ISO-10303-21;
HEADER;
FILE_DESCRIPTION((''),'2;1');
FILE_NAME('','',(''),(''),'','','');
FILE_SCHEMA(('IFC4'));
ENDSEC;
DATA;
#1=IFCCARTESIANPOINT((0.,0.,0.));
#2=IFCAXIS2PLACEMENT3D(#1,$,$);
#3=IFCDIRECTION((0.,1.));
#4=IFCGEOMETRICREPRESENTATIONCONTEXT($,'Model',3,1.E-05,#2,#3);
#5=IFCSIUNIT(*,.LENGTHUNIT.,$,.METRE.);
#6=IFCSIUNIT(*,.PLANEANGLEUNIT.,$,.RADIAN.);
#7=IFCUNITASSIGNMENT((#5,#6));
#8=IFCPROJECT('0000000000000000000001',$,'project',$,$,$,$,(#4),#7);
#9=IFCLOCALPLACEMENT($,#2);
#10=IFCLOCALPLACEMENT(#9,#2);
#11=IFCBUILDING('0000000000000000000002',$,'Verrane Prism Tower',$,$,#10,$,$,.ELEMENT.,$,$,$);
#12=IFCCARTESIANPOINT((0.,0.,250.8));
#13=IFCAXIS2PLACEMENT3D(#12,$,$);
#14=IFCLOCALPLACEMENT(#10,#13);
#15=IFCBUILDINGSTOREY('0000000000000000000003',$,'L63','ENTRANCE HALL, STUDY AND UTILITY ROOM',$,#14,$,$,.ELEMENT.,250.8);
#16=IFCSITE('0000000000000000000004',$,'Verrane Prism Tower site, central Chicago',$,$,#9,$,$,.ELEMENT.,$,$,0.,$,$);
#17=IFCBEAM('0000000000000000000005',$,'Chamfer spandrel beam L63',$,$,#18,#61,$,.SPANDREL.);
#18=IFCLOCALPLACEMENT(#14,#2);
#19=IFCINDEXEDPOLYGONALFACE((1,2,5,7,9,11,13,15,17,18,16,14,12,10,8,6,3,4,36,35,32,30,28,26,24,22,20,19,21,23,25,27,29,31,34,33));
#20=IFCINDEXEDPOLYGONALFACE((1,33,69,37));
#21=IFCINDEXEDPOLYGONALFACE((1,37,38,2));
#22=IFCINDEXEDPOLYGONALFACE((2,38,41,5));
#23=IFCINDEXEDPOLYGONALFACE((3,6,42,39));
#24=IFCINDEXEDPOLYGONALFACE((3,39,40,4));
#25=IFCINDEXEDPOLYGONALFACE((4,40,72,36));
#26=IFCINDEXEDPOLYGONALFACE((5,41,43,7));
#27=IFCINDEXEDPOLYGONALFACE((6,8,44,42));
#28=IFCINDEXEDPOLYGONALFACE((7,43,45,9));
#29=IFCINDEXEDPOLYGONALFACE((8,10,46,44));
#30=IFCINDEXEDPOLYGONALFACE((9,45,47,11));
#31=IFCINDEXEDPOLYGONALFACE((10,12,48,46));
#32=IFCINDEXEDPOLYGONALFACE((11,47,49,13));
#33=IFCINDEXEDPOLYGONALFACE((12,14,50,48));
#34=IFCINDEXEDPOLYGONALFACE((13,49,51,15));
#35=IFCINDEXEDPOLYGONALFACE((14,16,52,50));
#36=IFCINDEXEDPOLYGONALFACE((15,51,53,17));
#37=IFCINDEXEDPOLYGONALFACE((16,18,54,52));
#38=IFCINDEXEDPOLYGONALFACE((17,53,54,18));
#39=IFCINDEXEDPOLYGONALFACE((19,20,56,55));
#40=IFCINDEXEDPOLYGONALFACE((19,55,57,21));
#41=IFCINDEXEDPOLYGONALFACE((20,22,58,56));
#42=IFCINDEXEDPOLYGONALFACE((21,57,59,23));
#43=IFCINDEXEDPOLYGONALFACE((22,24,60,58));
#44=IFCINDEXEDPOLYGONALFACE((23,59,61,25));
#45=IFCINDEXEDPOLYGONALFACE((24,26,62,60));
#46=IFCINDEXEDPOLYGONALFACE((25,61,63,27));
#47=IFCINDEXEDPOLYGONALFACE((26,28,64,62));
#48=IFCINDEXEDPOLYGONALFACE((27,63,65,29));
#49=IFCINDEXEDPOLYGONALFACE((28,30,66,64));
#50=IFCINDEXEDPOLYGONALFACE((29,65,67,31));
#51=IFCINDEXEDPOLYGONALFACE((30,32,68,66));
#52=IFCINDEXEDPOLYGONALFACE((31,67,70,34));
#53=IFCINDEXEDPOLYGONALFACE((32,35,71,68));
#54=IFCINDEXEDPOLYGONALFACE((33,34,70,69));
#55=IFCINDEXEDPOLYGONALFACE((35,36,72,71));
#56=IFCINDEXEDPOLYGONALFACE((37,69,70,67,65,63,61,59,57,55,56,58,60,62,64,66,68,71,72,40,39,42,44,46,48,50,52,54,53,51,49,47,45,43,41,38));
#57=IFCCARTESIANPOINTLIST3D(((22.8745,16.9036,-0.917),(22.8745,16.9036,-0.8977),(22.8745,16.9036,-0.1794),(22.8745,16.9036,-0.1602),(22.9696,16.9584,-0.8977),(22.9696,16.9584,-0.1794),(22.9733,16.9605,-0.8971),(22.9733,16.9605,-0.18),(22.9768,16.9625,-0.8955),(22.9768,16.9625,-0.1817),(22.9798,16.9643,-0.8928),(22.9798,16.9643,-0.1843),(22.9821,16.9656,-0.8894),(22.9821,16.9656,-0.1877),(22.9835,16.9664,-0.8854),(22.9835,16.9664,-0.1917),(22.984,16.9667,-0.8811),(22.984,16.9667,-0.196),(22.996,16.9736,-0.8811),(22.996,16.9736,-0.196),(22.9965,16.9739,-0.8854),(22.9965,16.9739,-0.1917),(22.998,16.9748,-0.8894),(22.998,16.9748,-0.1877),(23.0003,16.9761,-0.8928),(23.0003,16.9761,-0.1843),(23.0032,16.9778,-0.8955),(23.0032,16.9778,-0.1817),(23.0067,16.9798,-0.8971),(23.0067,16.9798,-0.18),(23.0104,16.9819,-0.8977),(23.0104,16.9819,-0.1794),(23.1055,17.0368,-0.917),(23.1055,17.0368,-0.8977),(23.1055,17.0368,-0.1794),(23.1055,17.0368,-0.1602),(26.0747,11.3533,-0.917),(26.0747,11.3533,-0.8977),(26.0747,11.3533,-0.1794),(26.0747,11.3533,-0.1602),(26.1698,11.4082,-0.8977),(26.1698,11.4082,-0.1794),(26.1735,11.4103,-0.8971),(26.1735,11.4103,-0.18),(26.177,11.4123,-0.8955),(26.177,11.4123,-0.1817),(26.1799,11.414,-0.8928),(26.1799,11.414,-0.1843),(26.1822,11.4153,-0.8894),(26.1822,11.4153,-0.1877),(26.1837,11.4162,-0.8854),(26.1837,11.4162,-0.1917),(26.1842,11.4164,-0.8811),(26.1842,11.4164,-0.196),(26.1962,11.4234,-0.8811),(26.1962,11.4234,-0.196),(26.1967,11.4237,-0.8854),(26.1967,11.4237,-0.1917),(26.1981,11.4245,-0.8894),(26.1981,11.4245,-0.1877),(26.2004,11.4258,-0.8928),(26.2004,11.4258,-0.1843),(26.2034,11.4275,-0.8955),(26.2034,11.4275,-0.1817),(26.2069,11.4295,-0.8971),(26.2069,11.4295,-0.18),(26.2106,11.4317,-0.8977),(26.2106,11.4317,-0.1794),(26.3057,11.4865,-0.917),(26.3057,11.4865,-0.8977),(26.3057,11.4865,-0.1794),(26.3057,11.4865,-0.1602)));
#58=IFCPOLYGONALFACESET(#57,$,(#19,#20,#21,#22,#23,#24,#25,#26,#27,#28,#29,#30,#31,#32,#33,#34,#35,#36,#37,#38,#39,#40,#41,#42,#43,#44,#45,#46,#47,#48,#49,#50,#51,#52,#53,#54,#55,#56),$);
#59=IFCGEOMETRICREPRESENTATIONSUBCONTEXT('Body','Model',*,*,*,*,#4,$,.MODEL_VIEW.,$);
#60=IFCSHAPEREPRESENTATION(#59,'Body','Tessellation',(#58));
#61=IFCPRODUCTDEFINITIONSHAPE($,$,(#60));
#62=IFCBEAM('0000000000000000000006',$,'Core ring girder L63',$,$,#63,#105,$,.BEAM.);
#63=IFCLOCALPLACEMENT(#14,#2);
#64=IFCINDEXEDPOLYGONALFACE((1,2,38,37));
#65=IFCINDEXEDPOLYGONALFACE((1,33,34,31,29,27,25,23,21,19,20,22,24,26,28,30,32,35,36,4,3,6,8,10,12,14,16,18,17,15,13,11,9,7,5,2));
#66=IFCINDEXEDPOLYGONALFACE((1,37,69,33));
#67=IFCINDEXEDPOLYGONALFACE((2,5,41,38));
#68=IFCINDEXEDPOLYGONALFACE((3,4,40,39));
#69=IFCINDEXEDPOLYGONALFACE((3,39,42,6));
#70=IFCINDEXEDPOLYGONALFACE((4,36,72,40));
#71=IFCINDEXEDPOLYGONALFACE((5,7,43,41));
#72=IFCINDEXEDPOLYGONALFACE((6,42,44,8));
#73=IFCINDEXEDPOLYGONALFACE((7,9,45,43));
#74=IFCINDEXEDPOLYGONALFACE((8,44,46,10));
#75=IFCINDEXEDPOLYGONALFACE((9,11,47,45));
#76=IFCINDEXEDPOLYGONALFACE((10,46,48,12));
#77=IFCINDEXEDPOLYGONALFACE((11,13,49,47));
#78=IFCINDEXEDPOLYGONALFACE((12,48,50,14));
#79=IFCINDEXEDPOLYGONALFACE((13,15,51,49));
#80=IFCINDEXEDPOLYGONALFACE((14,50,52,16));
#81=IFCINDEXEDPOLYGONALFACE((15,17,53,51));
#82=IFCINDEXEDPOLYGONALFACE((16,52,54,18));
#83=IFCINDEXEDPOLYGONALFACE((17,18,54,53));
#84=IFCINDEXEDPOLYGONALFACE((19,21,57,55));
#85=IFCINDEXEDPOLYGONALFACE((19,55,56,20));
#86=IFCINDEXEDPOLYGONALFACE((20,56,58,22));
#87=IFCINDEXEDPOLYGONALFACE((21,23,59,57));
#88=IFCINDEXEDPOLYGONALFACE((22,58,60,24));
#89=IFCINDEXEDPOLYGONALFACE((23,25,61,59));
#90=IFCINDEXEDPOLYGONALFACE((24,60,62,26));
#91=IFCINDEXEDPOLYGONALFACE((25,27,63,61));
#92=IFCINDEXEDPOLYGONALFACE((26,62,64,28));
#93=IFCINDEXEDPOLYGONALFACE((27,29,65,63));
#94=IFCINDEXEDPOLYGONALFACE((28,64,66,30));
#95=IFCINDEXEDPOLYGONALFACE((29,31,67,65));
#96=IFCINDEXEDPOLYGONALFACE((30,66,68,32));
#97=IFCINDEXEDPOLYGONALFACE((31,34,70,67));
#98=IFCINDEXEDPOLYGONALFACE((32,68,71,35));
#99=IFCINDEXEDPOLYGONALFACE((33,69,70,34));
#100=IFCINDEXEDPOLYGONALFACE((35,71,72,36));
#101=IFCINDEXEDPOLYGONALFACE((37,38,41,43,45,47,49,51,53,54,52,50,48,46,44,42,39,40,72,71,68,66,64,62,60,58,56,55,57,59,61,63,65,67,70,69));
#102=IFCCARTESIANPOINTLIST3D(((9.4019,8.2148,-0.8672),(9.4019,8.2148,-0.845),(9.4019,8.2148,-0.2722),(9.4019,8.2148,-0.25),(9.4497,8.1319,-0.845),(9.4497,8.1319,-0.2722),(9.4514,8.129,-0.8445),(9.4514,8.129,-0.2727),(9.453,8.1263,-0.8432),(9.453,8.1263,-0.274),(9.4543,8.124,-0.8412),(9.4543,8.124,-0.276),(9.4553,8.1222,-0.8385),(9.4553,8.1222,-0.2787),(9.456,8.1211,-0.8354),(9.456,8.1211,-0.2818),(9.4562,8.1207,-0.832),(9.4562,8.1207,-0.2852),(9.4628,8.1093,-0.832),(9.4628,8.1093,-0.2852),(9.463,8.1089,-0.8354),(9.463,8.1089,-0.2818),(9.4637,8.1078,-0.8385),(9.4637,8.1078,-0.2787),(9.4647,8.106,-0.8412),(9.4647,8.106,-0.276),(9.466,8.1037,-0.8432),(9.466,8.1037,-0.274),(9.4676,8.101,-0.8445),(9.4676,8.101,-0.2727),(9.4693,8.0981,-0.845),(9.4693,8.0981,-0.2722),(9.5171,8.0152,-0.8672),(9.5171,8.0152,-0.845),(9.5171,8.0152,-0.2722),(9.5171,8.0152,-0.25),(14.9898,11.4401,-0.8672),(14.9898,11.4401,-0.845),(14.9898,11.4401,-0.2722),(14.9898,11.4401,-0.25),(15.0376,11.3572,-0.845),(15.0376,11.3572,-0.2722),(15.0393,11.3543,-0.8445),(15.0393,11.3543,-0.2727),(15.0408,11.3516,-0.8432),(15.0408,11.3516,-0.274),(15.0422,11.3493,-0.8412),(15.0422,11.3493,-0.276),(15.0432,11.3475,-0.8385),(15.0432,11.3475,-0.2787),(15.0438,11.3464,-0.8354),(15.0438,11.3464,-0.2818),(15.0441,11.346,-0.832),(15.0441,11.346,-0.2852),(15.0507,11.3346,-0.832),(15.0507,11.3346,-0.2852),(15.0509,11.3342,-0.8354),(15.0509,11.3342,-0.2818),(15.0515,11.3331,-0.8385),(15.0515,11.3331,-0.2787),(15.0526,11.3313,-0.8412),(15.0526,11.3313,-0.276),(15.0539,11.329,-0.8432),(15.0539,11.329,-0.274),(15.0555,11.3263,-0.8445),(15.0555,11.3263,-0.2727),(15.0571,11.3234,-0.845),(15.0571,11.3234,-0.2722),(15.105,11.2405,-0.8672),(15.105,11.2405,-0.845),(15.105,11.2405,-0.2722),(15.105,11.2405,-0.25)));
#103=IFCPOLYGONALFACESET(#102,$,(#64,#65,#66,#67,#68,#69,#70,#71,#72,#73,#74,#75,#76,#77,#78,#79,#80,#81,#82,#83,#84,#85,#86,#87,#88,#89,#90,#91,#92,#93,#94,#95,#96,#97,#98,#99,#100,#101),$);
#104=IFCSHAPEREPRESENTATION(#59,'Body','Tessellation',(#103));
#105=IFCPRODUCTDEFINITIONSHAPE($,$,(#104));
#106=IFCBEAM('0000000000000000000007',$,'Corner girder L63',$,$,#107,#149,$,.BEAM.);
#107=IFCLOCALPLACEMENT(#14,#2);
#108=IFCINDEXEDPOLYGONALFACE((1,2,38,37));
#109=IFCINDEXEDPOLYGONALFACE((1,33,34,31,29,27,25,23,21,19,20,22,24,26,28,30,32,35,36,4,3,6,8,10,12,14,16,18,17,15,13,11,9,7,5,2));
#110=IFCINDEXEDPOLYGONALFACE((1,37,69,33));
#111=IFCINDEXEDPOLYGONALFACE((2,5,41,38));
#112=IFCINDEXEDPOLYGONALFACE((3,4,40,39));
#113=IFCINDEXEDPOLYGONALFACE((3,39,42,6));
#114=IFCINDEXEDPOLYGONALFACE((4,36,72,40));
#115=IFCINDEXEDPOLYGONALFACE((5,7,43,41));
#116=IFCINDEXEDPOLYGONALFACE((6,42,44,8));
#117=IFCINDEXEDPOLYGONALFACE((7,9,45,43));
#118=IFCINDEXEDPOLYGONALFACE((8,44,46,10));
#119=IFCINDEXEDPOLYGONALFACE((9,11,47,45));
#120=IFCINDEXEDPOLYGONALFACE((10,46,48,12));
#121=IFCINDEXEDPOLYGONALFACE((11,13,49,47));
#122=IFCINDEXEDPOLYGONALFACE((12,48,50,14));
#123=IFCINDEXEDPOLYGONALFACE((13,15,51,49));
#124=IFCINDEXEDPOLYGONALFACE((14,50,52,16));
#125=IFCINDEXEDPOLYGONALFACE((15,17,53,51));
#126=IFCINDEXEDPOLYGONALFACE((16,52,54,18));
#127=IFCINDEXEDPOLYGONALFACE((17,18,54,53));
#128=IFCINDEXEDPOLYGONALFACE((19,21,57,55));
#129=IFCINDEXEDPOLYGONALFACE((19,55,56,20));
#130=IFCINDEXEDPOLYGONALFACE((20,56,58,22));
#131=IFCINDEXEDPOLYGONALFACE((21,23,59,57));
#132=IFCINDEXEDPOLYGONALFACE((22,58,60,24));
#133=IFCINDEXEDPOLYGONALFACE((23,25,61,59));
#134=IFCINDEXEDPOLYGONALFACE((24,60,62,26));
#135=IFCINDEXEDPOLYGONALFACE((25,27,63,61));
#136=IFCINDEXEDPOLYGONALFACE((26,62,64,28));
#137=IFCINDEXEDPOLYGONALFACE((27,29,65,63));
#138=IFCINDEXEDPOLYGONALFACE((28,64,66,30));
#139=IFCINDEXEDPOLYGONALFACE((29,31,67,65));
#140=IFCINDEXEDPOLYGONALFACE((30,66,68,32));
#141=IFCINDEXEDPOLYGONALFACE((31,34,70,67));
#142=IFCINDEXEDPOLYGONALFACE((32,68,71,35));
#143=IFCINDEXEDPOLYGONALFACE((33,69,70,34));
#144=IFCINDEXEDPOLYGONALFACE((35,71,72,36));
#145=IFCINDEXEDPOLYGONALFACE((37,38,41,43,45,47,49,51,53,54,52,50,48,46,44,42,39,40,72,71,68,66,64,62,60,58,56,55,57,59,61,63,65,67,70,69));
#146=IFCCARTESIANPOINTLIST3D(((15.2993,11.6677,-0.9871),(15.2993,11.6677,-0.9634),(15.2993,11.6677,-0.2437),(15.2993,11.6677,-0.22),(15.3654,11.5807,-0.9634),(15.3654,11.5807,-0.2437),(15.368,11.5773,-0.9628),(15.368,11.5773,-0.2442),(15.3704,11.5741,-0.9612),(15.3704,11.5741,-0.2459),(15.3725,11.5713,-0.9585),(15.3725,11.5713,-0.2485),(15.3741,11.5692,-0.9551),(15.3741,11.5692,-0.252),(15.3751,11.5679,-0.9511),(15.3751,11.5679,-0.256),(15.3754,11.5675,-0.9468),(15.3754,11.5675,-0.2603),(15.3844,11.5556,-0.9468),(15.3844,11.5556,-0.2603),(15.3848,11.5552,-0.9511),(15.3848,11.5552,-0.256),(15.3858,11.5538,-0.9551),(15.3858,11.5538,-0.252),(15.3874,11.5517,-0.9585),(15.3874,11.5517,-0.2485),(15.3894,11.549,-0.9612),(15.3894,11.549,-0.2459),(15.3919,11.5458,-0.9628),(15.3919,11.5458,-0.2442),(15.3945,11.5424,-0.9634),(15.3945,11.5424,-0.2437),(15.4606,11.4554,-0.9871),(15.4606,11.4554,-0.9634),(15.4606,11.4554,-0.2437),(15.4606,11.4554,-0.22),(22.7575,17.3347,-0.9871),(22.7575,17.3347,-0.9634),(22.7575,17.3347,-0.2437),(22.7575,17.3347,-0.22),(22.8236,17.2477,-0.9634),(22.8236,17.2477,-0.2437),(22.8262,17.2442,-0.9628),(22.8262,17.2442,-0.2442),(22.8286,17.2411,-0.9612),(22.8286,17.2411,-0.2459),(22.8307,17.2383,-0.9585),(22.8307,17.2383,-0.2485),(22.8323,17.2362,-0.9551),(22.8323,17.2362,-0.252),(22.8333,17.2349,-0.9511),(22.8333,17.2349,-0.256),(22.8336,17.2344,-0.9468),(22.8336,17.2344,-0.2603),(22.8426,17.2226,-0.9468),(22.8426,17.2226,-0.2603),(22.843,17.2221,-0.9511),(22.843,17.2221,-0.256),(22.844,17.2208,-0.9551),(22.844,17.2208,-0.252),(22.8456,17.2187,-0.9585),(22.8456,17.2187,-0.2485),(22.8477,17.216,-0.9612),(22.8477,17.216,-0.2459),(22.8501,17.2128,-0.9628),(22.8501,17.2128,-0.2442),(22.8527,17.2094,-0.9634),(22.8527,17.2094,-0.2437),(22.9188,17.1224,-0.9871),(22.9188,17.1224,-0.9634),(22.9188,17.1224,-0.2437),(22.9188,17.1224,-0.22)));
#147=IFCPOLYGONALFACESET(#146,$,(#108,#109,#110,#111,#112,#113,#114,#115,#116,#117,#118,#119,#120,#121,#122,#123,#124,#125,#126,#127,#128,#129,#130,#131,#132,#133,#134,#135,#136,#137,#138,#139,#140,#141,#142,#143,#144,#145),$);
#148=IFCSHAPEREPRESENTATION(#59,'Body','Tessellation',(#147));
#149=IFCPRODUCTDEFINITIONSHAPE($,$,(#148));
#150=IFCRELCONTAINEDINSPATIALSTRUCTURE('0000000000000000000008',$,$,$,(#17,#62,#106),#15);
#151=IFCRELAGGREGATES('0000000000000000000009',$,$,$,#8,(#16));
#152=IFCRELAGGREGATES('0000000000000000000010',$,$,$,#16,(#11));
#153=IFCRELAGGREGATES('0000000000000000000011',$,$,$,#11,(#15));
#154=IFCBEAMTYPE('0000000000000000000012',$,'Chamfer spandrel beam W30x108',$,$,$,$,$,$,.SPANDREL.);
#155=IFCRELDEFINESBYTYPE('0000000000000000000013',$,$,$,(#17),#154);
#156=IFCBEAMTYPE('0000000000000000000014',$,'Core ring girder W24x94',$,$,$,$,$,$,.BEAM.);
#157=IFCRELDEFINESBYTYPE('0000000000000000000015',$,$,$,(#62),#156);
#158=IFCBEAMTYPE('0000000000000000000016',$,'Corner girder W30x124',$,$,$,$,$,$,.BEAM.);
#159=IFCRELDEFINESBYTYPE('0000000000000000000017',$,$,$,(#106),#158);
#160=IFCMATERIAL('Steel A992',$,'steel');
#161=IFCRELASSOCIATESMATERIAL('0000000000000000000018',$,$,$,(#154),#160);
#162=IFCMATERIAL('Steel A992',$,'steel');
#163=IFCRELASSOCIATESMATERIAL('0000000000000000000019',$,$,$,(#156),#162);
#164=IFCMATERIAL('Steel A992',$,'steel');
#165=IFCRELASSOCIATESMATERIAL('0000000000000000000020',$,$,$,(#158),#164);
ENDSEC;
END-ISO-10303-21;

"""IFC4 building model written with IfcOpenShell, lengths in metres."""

from ifc_helpers import new_model, si_unit, direction, frame, origin, origin_2d, place, context, subcontext, project, spatial, i_section, extrude, material, material_profile, profile_set, type_object, element, save


model = new_model("IFC4")

# Units and contexts
model_context = context("Model", 3, precision=1e-05, world=origin(), true_north=direction((0.0, 1.0)))
body_context = subcontext(model_context, "Body", "Model", "MODEL_VIEW")
ifc_project = project(units=[si_unit("LENGTHUNIT", "METRE"), si_unit("PLANEANGLEUNIT", "RADIAN")], contexts=[model_context])

# Site, building, storey
site_placement = place(None, origin())
site = spatial("IfcSite", under=ifc_project, at=site_placement, Name="Verrane Prism Tower site, central Chicago", CompositionType="ELEMENT", RefElevation=0.0)
building_placement = place(site_placement, origin())
building = spatial("IfcBuilding", under=site, at=building_placement, Name="Verrane Prism Tower", CompositionType="ELEMENT")
storey_placement = place(building_placement, frame((0.0, 0.0, 250.8)))
storey = spatial("IfcBuildingStorey", under=building, at=storey_placement, Name="L63", Description="ENTRANCE HALL, STUDY AND UTILITY ROOM", CompositionType="ELEMENT", Elevation=250.8)

# Beams
ifc_material_1 = material(Name="Steel A992", Category="steel")
ifc_material_profile_1 = material_profile(ifc_material_1, i_section(OverallWidth=0.2666, OverallDepth=0.7568, WebThickness=0.0139, FlangeThickness=0.0193, FilletRadius=0.0166, at=origin_2d()), Name="W30x108")
ifc_profile_set_1 = profile_set([ifc_material_profile_1], Name="Steel A992")
beam_type_1 = type_object("IfcBeamType", Name="Chamfer spandrel beam W30x108", PredefinedType="SPANDREL", material=ifc_profile_set_1)
beam_1_placement = place(storey_placement, frame((26.1902, 11.4199, -0.5386), z_axis=(-0.4995, 0.866314, 0.0), x_axis=(-0.866314, -0.4995, 0.0)))
element("IfcBeam", 1, at=beam_1_placement, inside=storey, type_object=beam_type_1, Name="Chamfer spandrel beam L63", PredefinedType="SPANDREL", context=body_context, shape_type="SweptSolid", body=[
    extrude(i_section(OverallWidth=0.2666, OverallDepth=0.7568, WebThickness=0.0139, FlangeThickness=0.0193, FilletRadius=0.0166, at=origin_2d()), origin(), (0.0, 0.0, 1.0), 6.4067),
])
ifc_material_2 = material(Name="Steel A992", Category="steel")
ifc_material_profile_2 = material_profile(ifc_material_2, i_section(OverallWidth=0.2305, OverallDepth=0.6172, WebThickness=0.0132, FlangeThickness=0.0222, FilletRadius=0.0129, at=origin_2d()), Name="W24x94")
ifc_profile_set_2 = profile_set([ifc_material_profile_2], Name="Steel A992")
beam_type_2 = type_object("IfcBeamType", Name="Core ring girder W24x94", PredefinedType="BEAM", material=ifc_profile_set_2)
beam_2_placement = place(storey_placement, frame((15.0474, 11.3403, -0.5586), z_axis=(-0.866081, -0.499904, 0.0), x_axis=(0.499904, -0.866081, 0.0)))
element("IfcBeam", 2, at=beam_2_placement, inside=storey, type_object=beam_type_2, Name="Core ring girder L63", PredefinedType="BEAM", context=body_context, shape_type="SweptSolid", body=[
    extrude(i_section(OverallWidth=0.2305, OverallDepth=0.6172, WebThickness=0.0132, FlangeThickness=0.0222, FilletRadius=0.0129, at=origin_2d()), origin(), (0.0, 0.0, 1.0), 6.4519),
])
ifc_material_3 = material(Name="Steel A992", Category="steel")
ifc_material_profile_3 = material_profile(ifc_material_3, i_section(OverallWidth=0.2666, OverallDepth=0.7671, WebThickness=0.0149, FlangeThickness=0.0237, FilletRadius=0.0166, at=origin_2d()), Name="W30x124")
ifc_profile_set_3 = profile_set([ifc_material_profile_3], Name="Steel A992")
beam_type_3 = type_object("IfcBeamType", Name="Corner girder W30x124", PredefinedType="BEAM", material=ifc_profile_set_3)
beam_3_placement = place(storey_placement, frame((22.8381, 17.2285, -0.6035), z_axis=(-0.796228, -0.604997, 0.0), x_axis=(0.604997, -0.796228, 0.0)))
element("IfcBeam", 3, at=beam_3_placement, inside=storey, type_object=beam_type_3, Name="Corner girder L63", PredefinedType="BEAM", context=body_context, shape_type="SweptSolid", body=[
    extrude(i_section(OverallWidth=0.2666, OverallDepth=0.7671, WebThickness=0.0149, FlangeThickness=0.0237, FilletRadius=0.0166, at=origin_2d()), origin(), (0.0, 0.0, 1.0), 9.3669),
])

save(model, "model.ifc")
